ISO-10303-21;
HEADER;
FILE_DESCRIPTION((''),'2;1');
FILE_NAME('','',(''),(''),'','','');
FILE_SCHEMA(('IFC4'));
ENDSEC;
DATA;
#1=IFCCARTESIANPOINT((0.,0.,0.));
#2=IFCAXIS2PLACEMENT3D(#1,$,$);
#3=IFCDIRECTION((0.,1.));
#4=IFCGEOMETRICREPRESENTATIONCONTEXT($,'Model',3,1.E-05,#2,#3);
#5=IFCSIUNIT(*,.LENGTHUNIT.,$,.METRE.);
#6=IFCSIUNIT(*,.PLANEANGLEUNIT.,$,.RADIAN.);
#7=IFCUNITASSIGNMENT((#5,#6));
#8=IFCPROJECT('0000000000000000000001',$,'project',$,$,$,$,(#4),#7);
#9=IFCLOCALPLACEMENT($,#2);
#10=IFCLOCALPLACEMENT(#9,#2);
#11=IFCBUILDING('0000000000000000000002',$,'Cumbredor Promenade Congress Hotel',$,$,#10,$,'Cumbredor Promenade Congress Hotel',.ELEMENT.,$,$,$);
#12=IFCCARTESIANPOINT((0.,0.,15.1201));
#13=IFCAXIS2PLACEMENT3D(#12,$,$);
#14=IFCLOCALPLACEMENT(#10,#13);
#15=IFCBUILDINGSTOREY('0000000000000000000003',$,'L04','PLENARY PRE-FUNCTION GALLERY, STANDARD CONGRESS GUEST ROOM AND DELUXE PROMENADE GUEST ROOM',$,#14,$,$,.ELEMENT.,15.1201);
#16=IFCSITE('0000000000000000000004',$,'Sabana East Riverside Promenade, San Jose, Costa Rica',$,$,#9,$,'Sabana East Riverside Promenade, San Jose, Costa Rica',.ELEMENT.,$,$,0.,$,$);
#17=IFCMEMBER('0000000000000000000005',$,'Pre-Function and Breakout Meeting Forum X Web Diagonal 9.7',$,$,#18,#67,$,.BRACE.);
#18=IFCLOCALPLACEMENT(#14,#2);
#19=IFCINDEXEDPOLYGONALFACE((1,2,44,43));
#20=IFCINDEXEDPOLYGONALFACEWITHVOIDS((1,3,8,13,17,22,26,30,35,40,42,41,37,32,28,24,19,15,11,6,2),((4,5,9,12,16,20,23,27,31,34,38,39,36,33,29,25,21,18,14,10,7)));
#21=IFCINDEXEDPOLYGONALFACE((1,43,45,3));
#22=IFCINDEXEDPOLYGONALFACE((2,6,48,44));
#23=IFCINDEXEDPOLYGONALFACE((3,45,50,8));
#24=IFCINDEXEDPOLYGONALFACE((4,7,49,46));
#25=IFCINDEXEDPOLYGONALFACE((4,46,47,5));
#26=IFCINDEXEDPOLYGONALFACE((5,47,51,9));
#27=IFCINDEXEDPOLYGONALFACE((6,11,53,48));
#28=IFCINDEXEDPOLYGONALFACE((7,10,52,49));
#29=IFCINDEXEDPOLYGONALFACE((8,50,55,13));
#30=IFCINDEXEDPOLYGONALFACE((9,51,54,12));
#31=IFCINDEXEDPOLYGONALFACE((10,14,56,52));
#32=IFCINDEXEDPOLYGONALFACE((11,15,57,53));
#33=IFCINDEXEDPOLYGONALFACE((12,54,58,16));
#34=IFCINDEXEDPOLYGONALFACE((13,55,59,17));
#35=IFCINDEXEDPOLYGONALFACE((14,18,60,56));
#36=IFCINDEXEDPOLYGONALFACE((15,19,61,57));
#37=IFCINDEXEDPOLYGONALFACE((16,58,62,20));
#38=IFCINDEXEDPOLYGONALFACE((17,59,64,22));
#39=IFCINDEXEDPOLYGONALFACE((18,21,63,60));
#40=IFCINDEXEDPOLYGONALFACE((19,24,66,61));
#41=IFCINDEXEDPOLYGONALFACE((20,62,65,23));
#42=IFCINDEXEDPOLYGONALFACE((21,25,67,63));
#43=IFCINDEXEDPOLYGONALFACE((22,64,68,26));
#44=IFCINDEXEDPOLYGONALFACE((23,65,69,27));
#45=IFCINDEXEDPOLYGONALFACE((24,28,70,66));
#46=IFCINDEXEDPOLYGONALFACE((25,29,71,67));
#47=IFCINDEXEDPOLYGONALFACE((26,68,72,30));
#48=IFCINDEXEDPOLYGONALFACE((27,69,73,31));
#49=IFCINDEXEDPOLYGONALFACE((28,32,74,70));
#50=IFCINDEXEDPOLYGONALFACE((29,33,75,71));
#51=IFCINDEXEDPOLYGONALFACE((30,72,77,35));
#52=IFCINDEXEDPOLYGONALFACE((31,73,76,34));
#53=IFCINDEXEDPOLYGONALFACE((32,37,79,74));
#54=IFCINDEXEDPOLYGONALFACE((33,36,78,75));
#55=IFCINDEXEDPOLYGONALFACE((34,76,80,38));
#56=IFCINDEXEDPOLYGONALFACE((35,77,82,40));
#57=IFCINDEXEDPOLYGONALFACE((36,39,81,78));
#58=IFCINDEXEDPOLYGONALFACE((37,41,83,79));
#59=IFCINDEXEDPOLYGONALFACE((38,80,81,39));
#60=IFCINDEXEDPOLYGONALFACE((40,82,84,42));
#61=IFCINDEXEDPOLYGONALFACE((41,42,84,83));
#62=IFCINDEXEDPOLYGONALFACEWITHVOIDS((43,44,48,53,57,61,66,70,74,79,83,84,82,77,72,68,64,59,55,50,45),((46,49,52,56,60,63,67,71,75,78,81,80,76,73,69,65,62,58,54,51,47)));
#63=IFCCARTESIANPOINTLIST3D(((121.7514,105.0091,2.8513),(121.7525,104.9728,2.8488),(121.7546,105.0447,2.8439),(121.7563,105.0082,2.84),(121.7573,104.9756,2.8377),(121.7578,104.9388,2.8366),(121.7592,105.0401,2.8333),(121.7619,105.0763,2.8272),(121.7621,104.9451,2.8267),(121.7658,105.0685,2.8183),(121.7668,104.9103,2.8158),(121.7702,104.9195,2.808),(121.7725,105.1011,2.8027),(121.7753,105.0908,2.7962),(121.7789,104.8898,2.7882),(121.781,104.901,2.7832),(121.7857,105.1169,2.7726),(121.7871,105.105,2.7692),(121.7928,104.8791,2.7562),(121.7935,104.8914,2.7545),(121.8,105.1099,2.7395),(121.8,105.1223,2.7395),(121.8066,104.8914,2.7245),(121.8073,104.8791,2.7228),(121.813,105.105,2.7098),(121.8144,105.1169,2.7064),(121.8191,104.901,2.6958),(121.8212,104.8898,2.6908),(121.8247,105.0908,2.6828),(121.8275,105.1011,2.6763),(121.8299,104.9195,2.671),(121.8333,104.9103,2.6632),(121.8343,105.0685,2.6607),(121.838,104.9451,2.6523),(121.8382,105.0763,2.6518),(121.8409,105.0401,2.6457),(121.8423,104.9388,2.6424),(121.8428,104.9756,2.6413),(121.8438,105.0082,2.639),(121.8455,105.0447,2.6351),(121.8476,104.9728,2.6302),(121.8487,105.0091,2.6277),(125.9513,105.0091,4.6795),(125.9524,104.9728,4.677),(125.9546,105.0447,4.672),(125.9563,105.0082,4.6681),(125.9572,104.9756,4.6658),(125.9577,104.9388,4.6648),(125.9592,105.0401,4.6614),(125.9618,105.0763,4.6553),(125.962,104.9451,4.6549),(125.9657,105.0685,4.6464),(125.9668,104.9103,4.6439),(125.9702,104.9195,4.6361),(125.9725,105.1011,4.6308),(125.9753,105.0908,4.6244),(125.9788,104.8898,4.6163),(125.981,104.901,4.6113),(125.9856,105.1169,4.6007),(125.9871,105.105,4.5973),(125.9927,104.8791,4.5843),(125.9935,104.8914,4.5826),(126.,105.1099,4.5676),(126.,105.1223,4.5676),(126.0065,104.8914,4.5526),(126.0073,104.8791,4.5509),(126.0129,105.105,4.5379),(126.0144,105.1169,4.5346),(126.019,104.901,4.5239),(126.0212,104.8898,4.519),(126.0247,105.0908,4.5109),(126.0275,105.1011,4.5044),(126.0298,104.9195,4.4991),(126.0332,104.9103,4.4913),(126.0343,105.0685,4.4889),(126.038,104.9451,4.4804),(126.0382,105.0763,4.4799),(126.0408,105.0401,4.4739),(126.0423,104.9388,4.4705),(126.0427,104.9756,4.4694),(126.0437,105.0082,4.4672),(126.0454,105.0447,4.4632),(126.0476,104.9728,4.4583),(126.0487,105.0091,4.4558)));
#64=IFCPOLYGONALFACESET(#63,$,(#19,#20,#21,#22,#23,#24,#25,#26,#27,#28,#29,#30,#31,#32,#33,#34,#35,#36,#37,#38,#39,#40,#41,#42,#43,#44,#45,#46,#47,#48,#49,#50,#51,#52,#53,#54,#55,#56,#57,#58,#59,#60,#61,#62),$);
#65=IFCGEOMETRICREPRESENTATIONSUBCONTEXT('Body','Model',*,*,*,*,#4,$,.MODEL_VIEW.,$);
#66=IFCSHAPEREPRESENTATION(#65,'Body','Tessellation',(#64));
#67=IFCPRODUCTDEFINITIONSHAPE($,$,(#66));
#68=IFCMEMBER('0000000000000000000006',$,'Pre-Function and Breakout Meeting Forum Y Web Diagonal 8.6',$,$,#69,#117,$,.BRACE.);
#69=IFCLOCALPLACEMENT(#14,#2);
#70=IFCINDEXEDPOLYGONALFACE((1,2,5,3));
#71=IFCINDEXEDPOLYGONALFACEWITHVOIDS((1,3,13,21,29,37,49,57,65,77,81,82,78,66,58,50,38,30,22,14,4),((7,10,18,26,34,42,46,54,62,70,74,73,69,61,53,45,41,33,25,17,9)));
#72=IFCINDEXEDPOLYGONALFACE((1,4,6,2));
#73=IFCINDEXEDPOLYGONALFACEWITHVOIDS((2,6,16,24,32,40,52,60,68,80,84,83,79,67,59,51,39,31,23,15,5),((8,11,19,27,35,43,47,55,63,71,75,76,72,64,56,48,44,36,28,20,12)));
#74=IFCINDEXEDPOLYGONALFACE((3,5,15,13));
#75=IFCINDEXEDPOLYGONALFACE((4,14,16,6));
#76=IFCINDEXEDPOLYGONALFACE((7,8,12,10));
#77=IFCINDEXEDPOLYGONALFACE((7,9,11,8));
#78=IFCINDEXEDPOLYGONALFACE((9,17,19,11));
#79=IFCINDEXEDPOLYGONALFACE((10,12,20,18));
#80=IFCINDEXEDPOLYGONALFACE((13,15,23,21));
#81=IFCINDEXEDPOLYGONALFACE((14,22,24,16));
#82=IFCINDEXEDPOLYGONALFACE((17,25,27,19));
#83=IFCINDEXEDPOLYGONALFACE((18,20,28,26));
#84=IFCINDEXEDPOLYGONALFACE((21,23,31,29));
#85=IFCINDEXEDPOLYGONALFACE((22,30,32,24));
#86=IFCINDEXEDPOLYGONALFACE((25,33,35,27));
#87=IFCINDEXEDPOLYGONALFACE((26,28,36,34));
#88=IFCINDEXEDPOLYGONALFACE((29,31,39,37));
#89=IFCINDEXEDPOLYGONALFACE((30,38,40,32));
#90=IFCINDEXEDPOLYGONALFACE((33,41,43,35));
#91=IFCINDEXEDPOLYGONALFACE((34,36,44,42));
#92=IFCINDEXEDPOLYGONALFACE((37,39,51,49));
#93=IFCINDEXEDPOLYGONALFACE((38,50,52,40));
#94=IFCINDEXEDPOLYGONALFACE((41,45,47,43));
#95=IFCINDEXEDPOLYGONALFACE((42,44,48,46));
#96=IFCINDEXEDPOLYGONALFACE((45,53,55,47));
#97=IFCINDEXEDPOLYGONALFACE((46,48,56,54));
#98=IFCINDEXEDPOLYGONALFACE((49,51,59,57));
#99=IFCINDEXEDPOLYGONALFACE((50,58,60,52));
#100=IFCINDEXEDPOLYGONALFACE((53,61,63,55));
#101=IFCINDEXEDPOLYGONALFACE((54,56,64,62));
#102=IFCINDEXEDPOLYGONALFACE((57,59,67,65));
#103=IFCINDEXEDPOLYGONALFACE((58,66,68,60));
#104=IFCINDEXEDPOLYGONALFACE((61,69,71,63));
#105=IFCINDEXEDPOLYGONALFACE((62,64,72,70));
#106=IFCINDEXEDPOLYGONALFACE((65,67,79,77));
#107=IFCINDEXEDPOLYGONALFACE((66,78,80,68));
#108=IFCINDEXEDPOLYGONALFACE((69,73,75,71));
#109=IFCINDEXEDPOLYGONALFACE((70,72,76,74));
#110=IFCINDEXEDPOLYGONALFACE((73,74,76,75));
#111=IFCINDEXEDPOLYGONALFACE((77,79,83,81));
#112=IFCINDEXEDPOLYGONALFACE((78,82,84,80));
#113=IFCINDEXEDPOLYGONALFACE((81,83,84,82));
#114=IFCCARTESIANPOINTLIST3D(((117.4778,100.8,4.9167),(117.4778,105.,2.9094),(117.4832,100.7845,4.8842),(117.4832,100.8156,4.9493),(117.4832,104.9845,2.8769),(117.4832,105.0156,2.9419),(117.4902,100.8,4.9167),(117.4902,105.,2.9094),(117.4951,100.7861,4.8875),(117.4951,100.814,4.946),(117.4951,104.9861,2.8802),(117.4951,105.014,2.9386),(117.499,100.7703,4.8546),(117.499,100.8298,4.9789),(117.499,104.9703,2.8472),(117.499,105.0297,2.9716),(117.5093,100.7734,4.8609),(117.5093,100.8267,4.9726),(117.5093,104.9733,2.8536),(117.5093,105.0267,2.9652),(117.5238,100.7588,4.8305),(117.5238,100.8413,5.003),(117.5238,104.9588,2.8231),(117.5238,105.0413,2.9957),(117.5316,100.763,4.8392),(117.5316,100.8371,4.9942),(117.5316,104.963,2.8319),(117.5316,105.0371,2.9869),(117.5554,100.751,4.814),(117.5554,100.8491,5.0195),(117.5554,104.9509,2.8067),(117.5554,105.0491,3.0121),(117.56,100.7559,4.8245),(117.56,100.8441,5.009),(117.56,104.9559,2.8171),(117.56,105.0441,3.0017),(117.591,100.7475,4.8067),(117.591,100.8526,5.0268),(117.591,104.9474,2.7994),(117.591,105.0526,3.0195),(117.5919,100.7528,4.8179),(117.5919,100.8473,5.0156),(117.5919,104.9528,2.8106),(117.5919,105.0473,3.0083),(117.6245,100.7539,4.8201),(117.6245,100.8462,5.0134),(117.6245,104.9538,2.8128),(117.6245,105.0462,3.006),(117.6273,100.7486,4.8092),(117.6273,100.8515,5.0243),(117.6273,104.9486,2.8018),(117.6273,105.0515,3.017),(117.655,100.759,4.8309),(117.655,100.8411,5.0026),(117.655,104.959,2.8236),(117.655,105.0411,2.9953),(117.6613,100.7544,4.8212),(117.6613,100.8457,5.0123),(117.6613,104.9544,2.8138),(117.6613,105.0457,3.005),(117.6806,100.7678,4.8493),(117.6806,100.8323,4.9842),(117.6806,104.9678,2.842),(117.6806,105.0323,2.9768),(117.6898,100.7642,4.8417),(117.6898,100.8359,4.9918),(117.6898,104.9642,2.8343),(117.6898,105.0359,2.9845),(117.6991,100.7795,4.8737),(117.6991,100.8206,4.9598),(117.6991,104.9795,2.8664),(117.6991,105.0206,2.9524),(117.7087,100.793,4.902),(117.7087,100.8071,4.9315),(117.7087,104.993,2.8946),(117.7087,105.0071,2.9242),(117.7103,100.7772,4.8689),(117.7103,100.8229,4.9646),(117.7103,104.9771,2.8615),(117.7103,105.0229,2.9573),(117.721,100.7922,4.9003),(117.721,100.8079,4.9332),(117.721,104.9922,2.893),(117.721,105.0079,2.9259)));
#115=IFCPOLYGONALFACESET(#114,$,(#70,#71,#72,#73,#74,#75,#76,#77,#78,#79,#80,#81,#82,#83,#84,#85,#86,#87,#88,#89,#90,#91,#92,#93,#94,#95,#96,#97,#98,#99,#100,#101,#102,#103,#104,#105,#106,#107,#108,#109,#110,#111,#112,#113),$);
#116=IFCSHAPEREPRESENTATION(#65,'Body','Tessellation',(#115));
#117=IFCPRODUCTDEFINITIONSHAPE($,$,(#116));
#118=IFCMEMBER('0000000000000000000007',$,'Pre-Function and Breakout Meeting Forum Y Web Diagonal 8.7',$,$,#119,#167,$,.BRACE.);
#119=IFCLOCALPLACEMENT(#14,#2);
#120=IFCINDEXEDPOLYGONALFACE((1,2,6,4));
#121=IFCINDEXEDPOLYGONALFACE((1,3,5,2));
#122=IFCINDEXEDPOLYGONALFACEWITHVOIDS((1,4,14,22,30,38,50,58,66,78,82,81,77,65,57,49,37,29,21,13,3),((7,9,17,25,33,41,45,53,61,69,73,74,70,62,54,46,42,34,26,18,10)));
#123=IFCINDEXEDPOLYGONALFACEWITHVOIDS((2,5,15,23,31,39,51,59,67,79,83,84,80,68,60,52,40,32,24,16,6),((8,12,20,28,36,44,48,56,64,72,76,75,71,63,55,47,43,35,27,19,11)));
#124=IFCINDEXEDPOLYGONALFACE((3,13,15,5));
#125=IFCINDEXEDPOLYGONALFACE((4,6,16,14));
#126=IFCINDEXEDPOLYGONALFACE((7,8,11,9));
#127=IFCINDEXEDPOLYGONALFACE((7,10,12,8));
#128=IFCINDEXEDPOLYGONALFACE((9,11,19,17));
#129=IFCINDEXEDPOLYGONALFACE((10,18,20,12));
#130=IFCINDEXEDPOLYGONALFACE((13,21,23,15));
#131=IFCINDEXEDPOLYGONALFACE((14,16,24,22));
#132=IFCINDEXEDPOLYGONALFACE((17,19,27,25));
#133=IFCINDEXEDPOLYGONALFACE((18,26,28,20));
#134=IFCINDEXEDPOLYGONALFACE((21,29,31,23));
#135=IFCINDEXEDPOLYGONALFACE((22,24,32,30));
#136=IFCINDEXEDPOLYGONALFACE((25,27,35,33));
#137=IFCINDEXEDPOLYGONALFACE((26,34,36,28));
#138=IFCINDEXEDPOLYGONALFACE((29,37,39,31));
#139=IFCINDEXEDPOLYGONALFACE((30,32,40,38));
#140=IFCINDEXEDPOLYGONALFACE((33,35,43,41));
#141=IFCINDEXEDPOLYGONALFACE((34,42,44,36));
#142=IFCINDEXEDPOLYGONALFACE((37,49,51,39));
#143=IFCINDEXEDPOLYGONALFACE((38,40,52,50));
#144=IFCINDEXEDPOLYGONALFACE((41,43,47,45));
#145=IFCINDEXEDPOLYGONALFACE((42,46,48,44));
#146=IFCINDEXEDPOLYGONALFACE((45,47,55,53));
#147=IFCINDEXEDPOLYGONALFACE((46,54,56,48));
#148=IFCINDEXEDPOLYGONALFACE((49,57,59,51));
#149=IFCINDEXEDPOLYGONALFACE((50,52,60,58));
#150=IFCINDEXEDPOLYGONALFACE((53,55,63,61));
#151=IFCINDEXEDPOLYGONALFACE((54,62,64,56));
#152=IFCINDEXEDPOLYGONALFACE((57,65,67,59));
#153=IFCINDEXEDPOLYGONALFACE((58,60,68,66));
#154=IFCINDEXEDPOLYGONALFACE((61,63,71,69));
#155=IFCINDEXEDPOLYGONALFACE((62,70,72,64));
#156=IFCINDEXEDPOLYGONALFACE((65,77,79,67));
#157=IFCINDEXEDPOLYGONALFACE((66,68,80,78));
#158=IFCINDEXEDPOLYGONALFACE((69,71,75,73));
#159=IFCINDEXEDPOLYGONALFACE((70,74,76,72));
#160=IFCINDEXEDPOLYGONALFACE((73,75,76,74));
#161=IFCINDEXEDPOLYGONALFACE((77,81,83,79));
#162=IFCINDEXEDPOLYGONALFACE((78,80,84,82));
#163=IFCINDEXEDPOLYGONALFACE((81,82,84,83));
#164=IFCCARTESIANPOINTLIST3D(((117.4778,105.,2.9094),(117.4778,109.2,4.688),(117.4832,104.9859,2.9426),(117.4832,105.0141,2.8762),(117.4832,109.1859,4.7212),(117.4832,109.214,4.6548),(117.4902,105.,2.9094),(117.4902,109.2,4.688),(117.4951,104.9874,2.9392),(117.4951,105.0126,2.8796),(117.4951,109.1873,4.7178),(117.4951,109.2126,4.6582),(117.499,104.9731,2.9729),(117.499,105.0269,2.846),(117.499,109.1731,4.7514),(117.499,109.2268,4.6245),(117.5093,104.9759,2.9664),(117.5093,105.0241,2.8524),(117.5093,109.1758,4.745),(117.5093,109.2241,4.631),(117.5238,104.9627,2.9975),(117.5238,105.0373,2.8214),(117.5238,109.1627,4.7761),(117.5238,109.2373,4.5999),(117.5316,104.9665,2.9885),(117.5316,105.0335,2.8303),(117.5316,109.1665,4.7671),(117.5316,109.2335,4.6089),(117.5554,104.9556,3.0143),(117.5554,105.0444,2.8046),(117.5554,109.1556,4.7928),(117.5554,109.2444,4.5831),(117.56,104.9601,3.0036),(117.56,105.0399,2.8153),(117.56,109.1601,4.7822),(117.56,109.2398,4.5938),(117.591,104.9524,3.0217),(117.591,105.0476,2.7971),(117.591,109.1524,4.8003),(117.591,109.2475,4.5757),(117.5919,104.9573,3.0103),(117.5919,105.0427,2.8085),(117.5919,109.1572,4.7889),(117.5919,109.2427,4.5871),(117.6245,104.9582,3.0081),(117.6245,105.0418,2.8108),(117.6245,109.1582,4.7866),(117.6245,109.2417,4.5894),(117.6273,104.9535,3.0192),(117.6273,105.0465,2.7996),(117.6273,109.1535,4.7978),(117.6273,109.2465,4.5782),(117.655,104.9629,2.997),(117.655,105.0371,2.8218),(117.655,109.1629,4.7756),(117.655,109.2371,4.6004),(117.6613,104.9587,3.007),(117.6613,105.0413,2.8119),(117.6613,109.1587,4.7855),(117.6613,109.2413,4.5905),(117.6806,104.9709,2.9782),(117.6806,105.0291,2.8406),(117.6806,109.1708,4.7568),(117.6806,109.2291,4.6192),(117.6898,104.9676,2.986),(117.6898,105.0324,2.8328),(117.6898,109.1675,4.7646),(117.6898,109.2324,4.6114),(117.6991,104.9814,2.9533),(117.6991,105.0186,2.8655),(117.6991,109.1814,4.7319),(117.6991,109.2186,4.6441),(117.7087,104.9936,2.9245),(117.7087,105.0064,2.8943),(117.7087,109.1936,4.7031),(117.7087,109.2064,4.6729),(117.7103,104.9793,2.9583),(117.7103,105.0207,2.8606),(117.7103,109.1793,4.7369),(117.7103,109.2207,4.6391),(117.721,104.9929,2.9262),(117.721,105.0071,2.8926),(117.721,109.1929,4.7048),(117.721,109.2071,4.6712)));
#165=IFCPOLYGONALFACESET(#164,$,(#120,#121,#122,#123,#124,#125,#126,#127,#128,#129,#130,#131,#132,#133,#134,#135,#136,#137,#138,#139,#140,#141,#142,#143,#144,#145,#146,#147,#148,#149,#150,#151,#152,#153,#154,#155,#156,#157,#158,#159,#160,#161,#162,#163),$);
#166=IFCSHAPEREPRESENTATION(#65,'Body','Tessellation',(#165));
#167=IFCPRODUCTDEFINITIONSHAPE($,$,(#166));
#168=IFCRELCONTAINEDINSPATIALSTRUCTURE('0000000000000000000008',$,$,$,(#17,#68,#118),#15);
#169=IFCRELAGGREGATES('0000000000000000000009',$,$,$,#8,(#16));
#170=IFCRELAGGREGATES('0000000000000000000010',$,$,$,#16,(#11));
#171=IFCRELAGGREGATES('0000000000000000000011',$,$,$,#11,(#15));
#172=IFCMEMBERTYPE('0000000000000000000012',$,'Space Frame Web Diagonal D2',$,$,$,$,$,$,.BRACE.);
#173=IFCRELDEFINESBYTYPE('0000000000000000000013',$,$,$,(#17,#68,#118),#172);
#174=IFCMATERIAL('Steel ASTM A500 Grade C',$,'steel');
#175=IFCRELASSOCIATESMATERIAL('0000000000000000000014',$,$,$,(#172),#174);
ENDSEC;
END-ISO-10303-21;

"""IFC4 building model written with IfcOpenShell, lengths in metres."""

from ifc_helpers import new_model, si_unit, direction, frame, origin, origin_2d, place, context, subcontext, project, spatial, hollow_circle, extrude, material, material_profile, profile_set, type_object, element, save


model = new_model("IFC4")

# Units and contexts
model_context = context("Model", 3, precision=1e-05, world=origin(), true_north=direction((0.0, 1.0)))
body_context = subcontext(model_context, "Body", "Model", "MODEL_VIEW")
ifc_project = project(units=[si_unit("LENGTHUNIT", "METRE"), si_unit("PLANEANGLEUNIT", "RADIAN")], contexts=[model_context])

# Site, building, storey
site_placement = place(None, origin())
site = spatial("IfcSite", under=ifc_project, at=site_placement, Name="Sabana East Riverside Promenade, San Jose, Costa Rica", LongName="Sabana East Riverside Promenade, San Jose, Costa Rica", CompositionType="ELEMENT", RefElevation=0.0)
building_placement = place(site_placement, origin())
building = spatial("IfcBuilding", under=site, at=building_placement, Name="Cumbredor Promenade Congress Hotel", LongName="Cumbredor Promenade Congress Hotel", CompositionType="ELEMENT")
storey_placement = place(building_placement, frame((0.0, 0.0, 15.1201)))
storey = spatial("IfcBuildingStorey", under=building, at=storey_placement, Name="L04", Description="PLENARY PRE-FUNCTION GALLERY, STANDARD CONGRESS GUEST ROOM AND DELUXE PROMENADE GUEST ROOM", CompositionType="ELEMENT", Elevation=15.1201)

# Members
ifc_material_1 = material(Name="Steel ASTM A500 Grade C", Category="steel")
ifc_material_profile_1 = material_profile(ifc_material_1, hollow_circle(Radius=0.1223, WallThickness=0.0125, at=origin_2d()), Name="CHS 244.5x12.5")
ifc_profile_set_1 = profile_set([ifc_material_profile_1], Name="Steel ASTM A500 Grade C")
member_type_1 = type_object("IfcMemberType", Name="Space Frame Web Diagonal D2", PredefinedType="BRACE", material=ifc_profile_set_1)
member_1_placement = place(storey_placement, frame((121.8, 105.0, 2.7395), z_axis=(0.916906, 0.0, 0.399104), x_axis=(0.0, 1.0, 0.0)))
element("IfcMember", 1, at=member_1_placement, inside=storey, type_object=member_type_1, Name="Pre-Function and Breakout Meeting Forum X Web Diagonal 9.7", PredefinedType="BRACE", context=body_context, shape_type="SweptSolid", body=[
    extrude(hollow_circle(Radius=0.1223, WallThickness=0.0125, at=origin_2d()), origin(), (0.0, 0.0, 1.0), 4.5806),
])
member_2_placement = place(storey_placement, frame((117.6001, 100.8, 4.9167), z_axis=(0.0, 0.902247, -0.43122), x_axis=(-1.0, 0.0, 0.0)))
element("IfcMember", 2, at=member_2_placement, inside=storey, type_object=member_type_1, Name="Pre-Function and Breakout Meeting Forum Y Web Diagonal 8.6", PredefinedType="BRACE", context=body_context, shape_type="SweptSolid", body=[
    extrude(hollow_circle(Radius=0.1223, WallThickness=0.0125, at=origin_2d()), origin(), (0.0, 0.0, 1.0), 4.655),
])
member_3_placement = place(storey_placement, frame((117.6001, 105.0, 2.9094), z_axis=(0.0, 0.920836, 0.389949), x_axis=(-1.0, 0.0, 0.0)))
element("IfcMember", 3, at=member_3_placement, inside=storey, type_object=member_type_1, Name="Pre-Function and Breakout Meeting Forum Y Web Diagonal 8.7", PredefinedType="BRACE", context=body_context, shape_type="SweptSolid", body=[
    extrude(hollow_circle(Radius=0.1223, WallThickness=0.0125, at=origin_2d()), origin(), (0.0, 0.0, 1.0), 4.561),
])

save(model, "model.ifc")
